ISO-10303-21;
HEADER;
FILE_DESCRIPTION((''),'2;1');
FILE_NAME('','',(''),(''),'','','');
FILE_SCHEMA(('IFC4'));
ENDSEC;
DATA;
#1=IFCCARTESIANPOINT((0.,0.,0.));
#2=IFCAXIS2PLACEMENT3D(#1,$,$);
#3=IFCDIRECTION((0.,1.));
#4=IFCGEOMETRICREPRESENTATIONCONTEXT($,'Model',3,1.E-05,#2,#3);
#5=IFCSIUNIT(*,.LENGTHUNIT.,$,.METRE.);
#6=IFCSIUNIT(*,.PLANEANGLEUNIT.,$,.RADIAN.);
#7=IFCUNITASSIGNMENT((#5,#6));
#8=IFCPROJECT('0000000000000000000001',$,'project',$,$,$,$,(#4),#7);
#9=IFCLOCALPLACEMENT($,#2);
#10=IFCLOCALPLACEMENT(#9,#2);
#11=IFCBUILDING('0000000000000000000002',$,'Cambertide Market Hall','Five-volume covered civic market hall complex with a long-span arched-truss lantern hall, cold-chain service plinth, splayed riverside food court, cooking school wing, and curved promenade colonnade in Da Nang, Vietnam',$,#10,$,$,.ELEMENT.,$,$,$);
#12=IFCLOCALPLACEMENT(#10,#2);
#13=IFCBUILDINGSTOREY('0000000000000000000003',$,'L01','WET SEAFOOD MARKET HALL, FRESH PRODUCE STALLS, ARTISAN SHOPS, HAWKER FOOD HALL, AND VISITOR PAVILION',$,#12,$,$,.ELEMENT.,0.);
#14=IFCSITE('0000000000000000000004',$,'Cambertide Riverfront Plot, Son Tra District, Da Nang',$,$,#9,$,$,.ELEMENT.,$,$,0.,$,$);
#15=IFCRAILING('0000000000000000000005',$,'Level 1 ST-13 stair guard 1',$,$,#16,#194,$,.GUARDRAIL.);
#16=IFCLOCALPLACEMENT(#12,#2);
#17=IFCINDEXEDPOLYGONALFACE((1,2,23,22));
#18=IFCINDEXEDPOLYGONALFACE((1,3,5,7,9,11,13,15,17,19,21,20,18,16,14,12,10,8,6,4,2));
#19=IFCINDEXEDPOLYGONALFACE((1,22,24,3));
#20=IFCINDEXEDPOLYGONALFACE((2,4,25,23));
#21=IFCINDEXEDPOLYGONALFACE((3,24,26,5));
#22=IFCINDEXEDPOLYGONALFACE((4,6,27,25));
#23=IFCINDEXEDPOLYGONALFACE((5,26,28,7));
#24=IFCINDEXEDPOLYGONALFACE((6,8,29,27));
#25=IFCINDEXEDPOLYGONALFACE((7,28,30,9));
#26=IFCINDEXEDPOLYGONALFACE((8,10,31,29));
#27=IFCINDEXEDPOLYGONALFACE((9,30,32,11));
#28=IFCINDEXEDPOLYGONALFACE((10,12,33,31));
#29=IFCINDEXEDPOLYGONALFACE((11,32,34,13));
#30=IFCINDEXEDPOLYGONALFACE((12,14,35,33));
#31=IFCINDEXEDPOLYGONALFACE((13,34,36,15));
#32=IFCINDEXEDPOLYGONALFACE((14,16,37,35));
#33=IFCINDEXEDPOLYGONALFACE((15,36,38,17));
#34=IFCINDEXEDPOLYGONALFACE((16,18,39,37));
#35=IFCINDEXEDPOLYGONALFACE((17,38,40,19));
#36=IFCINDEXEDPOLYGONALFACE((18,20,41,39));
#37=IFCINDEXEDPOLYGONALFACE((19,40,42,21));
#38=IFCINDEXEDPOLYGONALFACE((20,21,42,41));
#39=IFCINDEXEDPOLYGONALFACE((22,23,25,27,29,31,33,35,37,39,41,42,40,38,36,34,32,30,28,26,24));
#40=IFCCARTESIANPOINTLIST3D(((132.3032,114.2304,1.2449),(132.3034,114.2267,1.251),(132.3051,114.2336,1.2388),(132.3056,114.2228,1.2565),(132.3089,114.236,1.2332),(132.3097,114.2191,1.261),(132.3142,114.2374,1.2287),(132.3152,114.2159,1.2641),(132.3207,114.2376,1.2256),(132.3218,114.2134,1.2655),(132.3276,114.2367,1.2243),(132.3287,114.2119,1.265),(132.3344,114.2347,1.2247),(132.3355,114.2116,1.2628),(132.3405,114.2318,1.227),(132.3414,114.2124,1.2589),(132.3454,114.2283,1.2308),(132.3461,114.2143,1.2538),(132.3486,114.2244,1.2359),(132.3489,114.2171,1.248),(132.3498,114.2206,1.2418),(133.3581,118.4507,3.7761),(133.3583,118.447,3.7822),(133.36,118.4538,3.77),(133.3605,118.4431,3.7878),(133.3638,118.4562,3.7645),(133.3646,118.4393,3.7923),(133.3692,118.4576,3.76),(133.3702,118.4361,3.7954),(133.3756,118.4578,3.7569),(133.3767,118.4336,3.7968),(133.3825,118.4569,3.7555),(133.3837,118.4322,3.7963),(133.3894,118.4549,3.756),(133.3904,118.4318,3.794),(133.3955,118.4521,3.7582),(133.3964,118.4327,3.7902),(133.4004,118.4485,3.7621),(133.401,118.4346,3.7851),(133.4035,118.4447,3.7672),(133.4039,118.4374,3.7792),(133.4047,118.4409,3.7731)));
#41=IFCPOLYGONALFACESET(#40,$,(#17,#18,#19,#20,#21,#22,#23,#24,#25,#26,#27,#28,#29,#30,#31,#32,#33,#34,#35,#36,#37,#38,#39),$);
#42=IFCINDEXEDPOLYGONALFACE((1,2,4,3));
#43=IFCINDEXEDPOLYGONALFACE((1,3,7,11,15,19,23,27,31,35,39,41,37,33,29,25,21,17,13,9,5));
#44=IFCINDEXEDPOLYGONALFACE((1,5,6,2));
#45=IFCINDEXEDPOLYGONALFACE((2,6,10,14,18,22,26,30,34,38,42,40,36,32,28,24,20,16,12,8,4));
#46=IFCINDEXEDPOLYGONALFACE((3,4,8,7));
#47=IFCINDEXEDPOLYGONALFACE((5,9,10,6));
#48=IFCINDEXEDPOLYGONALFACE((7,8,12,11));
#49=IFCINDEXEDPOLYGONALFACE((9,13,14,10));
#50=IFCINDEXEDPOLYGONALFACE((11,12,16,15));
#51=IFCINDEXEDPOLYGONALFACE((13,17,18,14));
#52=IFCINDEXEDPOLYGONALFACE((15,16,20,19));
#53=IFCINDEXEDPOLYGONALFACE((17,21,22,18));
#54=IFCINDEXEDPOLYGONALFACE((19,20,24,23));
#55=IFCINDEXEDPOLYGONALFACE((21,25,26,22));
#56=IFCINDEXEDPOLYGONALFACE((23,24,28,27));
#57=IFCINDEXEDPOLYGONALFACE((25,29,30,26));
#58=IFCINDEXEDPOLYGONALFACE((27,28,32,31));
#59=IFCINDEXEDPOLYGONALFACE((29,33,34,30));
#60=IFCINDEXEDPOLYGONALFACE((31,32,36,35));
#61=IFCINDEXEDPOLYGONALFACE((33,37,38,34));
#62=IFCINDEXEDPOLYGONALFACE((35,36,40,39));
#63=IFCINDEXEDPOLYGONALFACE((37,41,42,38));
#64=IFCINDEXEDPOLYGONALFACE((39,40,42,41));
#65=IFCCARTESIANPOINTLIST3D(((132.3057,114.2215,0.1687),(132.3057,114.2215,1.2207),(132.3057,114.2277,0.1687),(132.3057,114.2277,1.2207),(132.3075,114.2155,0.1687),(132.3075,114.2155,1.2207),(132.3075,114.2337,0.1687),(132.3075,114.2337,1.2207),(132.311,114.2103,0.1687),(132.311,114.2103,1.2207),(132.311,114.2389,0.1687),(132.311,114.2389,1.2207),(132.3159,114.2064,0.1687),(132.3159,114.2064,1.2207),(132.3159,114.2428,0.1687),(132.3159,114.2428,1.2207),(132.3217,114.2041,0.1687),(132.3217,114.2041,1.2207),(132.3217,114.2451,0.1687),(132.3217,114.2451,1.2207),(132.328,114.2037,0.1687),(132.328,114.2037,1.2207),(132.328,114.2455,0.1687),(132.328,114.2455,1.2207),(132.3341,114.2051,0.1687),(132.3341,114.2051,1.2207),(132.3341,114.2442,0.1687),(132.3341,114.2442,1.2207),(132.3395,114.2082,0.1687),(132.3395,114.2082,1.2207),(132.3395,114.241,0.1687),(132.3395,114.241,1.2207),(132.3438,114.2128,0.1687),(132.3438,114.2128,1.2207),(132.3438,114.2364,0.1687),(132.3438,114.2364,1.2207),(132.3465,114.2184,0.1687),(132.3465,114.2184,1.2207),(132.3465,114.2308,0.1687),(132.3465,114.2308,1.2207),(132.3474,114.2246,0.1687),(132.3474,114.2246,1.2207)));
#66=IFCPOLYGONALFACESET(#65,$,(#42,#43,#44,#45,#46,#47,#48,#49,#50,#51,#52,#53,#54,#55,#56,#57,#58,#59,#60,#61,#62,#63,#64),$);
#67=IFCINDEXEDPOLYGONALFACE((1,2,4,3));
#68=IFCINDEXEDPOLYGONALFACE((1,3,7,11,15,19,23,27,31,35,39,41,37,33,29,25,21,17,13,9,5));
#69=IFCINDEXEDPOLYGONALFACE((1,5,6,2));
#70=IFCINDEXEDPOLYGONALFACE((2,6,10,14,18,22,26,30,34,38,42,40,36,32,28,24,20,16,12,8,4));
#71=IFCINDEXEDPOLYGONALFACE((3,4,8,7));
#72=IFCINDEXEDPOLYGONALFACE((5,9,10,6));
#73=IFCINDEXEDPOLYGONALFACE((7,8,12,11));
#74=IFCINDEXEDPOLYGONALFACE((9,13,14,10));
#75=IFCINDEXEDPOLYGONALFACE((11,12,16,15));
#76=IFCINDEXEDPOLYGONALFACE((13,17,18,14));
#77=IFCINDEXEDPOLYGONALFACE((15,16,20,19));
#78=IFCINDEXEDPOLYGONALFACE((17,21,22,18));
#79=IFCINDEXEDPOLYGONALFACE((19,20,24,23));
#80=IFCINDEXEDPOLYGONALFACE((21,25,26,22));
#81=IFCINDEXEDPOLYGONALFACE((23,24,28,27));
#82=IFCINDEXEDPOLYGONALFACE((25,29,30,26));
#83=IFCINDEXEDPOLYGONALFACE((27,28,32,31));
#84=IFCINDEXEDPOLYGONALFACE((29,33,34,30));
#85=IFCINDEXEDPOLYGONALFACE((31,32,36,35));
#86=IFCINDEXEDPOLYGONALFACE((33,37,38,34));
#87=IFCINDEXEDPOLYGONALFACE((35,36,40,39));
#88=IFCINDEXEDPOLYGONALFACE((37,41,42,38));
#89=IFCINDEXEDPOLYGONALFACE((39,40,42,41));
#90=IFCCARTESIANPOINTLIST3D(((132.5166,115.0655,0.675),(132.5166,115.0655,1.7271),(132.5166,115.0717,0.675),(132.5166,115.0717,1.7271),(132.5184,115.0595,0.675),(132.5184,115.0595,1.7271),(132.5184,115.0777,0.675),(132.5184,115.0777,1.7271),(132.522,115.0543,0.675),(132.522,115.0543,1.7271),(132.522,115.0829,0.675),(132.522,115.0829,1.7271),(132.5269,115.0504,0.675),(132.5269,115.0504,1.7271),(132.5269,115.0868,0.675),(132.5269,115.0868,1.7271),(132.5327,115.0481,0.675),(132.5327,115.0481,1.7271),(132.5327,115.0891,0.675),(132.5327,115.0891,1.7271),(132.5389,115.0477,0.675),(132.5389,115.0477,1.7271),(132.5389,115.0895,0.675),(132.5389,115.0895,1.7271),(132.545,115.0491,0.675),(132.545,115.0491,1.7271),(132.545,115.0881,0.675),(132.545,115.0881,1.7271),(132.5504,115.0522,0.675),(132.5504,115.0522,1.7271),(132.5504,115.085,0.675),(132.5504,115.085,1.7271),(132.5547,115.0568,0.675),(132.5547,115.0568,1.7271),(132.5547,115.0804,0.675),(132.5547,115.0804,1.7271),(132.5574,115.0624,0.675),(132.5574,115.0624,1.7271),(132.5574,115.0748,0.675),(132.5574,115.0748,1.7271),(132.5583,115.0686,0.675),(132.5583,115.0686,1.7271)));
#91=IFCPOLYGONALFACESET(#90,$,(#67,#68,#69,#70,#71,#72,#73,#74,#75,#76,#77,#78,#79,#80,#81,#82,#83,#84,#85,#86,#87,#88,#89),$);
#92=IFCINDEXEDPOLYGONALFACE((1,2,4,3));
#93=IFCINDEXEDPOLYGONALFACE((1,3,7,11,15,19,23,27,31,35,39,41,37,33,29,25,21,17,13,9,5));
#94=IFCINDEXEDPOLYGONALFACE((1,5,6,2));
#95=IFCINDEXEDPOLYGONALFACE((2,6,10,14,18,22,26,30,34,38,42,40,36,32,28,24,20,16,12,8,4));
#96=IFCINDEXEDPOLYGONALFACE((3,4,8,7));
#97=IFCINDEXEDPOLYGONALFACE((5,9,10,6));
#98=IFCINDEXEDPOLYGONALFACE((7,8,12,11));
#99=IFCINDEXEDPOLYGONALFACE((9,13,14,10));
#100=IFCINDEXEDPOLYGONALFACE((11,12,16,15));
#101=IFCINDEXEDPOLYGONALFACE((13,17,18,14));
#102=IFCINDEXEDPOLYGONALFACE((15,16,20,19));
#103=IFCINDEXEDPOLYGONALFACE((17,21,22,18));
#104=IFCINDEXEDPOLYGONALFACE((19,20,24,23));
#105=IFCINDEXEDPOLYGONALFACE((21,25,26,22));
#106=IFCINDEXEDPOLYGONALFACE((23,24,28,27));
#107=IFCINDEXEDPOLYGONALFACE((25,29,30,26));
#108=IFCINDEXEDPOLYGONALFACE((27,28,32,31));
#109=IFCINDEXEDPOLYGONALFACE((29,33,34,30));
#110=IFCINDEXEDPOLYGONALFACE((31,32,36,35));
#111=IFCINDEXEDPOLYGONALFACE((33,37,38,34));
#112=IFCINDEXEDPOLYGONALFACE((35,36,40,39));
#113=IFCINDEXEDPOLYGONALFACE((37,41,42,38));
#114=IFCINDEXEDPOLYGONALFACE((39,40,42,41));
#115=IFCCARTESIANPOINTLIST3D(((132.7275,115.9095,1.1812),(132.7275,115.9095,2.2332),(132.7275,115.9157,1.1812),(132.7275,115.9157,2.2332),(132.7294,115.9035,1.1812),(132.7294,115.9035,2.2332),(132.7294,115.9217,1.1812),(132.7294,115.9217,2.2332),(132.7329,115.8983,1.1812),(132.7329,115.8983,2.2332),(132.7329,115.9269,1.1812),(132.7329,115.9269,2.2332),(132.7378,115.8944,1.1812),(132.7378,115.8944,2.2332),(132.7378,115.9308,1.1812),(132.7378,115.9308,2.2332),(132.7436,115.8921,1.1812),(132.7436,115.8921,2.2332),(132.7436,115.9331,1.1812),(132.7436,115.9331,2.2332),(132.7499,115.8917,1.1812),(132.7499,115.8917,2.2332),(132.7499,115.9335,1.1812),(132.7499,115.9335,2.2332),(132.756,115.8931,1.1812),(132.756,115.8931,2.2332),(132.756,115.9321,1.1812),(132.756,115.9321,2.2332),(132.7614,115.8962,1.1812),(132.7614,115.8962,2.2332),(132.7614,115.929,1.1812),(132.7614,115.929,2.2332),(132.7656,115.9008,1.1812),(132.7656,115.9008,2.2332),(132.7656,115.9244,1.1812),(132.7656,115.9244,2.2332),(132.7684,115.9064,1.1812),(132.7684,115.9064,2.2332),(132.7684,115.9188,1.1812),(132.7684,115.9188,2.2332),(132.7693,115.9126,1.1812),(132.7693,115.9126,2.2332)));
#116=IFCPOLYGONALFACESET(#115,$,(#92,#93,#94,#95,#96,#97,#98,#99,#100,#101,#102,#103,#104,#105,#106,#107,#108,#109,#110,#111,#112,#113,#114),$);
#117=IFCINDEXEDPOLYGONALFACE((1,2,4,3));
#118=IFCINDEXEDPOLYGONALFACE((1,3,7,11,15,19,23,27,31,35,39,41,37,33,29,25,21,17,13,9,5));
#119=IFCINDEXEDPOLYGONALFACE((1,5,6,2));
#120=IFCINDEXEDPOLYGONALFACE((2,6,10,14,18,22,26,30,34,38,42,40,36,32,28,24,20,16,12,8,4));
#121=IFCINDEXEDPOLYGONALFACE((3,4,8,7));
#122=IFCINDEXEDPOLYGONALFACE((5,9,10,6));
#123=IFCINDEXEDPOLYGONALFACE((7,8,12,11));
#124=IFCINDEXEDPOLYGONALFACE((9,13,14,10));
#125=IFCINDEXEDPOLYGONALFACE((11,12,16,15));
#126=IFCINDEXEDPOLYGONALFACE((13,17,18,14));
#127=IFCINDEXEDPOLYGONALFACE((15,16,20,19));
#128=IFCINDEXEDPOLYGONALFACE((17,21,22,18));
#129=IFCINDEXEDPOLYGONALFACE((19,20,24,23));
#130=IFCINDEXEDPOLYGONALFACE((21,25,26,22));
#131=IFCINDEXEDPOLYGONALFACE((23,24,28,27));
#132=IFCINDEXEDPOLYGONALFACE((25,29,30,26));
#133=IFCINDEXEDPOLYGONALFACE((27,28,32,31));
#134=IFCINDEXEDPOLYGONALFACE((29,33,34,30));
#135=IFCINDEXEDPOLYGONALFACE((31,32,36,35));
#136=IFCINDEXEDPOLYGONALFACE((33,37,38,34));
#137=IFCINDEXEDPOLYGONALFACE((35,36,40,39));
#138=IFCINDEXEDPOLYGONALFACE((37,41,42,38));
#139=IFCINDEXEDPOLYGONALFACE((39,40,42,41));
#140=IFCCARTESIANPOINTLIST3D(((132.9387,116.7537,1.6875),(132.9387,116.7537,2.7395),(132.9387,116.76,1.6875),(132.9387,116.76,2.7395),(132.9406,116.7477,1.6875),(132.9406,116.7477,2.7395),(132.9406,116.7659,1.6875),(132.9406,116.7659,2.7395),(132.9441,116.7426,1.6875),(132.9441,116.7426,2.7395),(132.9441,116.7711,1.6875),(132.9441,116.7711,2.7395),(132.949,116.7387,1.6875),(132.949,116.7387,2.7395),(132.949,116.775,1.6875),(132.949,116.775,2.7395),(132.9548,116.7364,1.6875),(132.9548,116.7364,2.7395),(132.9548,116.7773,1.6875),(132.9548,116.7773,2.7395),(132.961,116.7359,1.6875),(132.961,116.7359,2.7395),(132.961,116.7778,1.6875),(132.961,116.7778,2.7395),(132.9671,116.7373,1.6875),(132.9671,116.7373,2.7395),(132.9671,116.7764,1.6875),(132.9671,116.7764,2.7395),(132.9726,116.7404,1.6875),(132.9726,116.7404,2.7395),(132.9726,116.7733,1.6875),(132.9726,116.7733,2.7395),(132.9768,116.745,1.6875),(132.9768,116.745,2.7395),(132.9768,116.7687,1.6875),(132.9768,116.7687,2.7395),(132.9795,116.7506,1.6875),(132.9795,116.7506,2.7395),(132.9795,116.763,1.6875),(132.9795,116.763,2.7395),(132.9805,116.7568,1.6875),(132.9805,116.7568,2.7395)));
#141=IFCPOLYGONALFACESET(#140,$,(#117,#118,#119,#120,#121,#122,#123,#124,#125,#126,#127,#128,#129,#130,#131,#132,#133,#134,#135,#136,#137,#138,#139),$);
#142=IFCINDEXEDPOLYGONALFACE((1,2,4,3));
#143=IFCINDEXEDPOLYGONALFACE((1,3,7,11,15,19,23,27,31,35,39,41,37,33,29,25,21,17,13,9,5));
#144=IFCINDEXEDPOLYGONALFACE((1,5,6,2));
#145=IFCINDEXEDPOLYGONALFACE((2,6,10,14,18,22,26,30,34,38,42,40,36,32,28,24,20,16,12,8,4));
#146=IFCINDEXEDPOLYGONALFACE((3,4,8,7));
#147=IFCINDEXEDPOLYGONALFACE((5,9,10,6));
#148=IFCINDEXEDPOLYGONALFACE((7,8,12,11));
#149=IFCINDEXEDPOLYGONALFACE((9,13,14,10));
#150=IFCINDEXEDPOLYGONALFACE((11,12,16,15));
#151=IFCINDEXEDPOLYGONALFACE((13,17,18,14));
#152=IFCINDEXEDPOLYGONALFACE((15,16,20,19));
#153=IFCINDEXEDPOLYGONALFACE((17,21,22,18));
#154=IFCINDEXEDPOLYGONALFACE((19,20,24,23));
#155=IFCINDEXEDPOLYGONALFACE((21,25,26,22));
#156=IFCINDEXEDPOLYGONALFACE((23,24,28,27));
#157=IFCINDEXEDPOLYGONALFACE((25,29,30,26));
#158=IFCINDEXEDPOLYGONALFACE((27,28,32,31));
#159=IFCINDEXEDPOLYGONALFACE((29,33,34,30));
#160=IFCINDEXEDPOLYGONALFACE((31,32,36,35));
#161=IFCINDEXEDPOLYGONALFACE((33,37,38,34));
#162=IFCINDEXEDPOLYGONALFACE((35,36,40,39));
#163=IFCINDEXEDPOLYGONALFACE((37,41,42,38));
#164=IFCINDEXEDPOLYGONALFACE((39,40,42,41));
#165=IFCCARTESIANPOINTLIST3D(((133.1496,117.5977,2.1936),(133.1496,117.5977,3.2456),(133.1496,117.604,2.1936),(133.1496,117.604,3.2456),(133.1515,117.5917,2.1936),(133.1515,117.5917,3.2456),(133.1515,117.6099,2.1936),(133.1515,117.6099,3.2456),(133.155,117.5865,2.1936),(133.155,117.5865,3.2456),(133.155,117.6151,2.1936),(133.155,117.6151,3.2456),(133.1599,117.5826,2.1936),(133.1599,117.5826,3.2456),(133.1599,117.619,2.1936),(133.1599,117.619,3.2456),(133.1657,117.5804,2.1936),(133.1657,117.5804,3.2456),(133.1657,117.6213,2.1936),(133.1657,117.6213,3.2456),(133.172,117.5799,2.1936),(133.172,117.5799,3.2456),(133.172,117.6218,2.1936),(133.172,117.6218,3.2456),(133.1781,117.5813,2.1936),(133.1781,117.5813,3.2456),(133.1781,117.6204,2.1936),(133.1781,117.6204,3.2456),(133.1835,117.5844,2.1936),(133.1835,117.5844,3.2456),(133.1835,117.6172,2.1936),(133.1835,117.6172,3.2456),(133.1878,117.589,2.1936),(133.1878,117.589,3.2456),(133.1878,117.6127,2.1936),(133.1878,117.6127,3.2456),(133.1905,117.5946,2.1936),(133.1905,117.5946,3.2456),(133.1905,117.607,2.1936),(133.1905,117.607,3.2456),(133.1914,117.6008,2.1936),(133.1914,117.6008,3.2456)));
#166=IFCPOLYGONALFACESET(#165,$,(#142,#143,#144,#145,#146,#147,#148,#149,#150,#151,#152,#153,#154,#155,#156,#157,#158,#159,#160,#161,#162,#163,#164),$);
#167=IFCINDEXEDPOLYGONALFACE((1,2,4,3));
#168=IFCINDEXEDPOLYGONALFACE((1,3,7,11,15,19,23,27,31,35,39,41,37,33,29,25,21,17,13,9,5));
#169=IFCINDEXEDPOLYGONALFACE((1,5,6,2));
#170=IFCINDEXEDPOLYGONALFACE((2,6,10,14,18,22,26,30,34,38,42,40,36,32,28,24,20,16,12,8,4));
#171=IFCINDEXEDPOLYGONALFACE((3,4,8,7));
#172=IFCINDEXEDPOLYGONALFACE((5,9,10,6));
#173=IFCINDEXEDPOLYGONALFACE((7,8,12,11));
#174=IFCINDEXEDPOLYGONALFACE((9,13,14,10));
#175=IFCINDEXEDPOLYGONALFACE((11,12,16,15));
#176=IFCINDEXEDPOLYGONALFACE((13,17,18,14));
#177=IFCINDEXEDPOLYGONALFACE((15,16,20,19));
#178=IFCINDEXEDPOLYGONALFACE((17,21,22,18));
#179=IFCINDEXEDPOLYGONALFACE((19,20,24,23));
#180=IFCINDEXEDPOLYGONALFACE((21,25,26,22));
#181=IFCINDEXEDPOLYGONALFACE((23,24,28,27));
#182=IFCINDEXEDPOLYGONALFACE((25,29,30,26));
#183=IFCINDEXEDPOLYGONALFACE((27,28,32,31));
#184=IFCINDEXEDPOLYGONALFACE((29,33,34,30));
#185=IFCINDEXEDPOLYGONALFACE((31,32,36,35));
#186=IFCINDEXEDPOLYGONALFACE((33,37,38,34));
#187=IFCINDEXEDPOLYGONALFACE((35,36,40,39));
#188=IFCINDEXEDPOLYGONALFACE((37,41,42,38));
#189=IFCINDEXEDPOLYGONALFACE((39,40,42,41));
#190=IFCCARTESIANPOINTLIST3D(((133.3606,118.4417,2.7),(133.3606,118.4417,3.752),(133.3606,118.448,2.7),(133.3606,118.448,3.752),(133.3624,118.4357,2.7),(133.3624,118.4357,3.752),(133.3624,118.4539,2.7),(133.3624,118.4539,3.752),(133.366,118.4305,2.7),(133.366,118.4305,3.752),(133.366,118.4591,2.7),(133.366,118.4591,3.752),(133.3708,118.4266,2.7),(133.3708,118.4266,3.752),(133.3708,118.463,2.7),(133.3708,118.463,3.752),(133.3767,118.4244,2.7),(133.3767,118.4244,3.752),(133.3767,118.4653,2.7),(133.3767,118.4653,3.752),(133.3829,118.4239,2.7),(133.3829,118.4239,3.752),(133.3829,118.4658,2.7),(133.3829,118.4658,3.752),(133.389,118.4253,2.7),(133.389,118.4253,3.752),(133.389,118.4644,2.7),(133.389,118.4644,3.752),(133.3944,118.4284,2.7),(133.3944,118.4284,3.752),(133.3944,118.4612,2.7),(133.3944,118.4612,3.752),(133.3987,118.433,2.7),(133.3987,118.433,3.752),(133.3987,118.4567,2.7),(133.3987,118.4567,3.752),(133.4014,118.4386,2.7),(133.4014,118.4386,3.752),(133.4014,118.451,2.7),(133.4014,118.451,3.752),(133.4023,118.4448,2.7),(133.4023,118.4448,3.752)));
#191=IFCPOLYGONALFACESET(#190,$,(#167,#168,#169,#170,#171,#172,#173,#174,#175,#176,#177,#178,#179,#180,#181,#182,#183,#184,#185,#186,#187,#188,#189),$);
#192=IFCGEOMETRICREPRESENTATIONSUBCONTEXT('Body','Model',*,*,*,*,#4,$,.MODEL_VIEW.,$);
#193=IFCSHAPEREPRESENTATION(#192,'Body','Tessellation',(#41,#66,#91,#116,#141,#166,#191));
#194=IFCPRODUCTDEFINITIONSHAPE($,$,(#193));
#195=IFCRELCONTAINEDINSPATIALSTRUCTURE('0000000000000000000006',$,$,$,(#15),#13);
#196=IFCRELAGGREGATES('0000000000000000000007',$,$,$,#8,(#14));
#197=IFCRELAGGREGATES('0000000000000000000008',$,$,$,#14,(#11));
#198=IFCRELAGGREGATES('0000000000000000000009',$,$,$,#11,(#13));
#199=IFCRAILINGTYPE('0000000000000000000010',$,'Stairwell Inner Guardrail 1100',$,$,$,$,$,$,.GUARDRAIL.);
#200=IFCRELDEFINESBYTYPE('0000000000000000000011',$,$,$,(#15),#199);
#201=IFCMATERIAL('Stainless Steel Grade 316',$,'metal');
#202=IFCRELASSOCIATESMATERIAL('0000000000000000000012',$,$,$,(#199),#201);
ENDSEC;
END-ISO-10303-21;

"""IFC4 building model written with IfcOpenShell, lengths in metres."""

from ifc_helpers import new_model, si_unit, direction, frame, origin, origin_2d, place, context, subcontext, project, spatial, circle, extrude, material, type_object, element, save


model = new_model("IFC4")

# Units and contexts
model_context = context("Model", 3, precision=1e-05, world=origin(), true_north=direction((0.0, 1.0)))
body_context = subcontext(model_context, "Body", "Model", "MODEL_VIEW")
ifc_project = project(units=[si_unit("LENGTHUNIT", "METRE"), si_unit("PLANEANGLEUNIT", "RADIAN")], contexts=[model_context])

# Site, building, storey
site_placement = place(None, origin())
site = spatial("IfcSite", under=ifc_project, at=site_placement, Name="Cambertide Riverfront Plot, Son Tra District, Da Nang", CompositionType="ELEMENT", RefElevation=0.0)
building_placement = place(site_placement, origin())
building = spatial("IfcBuilding", under=site, at=building_placement, Name="Cambertide Market Hall", Description="Five-volume covered civic market hall complex with a long-span arched-truss lantern hall, cold-chain service plinth, splayed riverside food court, cooking school wing, and curved promenade colonnade in Da Nang, Vietnam", CompositionType="ELEMENT")
storey_placement = place(building_placement, origin())
storey = spatial("IfcBuildingStorey", under=building, at=storey_placement, Name="L01", Description="WET SEAFOOD MARKET HALL, FRESH PRODUCE STALLS, ARTISAN SHOPS, HAWKER FOOD HALL, AND VISITOR PAVILION", CompositionType="ELEMENT", Elevation=0.0)

# Railing
ifc_material_1 = material(Name="Stainless Steel Grade 316", Category="metal")
railing_type_1 = type_object("IfcRailingType", Name="Stairwell Inner Guardrail 1100", PredefinedType="GUARDRAIL", material=ifc_material_1)
railing_1_placement = place(storey_placement, frame((132.3264, 114.2246, 0.1687)))
element("IfcRailing", 1, at=railing_1_placement, inside=storey, type_object=railing_type_1, Name="Level 1 ST-13 stair guard 1", PredefinedType="GUARDRAIL", context=body_context, shape_type="SweptSolid", body=[
    extrude(circle(Radius=0.0239, at=origin_2d()), frame((0.0, 0.0, 1.0762), z_axis=(0.209606, 0.838522, 0.502938), x_axis=(-0.970149, 0.242509, 0.0)), (0.0, 0.0, 1.0), 5.033),
    extrude(circle(Radius=0.021, at=origin_2d()), origin(), (0.0, 0.0, 1.0), 1.052),
    extrude(circle(Radius=0.021, at=origin_2d()), frame((0.2109, 0.844, 0.5063)), (0.0, 0.0, 1.0), 1.052),
    extrude(circle(Radius=0.021, at=origin_2d()), frame((0.4219, 1.688, 1.0125)), (0.0, 0.0, 1.0), 1.052),
    extrude(circle(Radius=0.021, at=origin_2d()), frame((0.6331, 2.5322, 1.5188)), (0.0, 0.0, 1.0), 1.052),
    extrude(circle(Radius=0.021, at=origin_2d()), frame((0.844, 3.3762, 2.0249)), (0.0, 0.0, 1.0), 1.052),
    extrude(circle(Radius=0.021, at=origin_2d()), frame((1.0549, 4.2202, 2.5312)), (0.0, 0.0, 1.0), 1.052),
])

save(model, "model.ifc")
